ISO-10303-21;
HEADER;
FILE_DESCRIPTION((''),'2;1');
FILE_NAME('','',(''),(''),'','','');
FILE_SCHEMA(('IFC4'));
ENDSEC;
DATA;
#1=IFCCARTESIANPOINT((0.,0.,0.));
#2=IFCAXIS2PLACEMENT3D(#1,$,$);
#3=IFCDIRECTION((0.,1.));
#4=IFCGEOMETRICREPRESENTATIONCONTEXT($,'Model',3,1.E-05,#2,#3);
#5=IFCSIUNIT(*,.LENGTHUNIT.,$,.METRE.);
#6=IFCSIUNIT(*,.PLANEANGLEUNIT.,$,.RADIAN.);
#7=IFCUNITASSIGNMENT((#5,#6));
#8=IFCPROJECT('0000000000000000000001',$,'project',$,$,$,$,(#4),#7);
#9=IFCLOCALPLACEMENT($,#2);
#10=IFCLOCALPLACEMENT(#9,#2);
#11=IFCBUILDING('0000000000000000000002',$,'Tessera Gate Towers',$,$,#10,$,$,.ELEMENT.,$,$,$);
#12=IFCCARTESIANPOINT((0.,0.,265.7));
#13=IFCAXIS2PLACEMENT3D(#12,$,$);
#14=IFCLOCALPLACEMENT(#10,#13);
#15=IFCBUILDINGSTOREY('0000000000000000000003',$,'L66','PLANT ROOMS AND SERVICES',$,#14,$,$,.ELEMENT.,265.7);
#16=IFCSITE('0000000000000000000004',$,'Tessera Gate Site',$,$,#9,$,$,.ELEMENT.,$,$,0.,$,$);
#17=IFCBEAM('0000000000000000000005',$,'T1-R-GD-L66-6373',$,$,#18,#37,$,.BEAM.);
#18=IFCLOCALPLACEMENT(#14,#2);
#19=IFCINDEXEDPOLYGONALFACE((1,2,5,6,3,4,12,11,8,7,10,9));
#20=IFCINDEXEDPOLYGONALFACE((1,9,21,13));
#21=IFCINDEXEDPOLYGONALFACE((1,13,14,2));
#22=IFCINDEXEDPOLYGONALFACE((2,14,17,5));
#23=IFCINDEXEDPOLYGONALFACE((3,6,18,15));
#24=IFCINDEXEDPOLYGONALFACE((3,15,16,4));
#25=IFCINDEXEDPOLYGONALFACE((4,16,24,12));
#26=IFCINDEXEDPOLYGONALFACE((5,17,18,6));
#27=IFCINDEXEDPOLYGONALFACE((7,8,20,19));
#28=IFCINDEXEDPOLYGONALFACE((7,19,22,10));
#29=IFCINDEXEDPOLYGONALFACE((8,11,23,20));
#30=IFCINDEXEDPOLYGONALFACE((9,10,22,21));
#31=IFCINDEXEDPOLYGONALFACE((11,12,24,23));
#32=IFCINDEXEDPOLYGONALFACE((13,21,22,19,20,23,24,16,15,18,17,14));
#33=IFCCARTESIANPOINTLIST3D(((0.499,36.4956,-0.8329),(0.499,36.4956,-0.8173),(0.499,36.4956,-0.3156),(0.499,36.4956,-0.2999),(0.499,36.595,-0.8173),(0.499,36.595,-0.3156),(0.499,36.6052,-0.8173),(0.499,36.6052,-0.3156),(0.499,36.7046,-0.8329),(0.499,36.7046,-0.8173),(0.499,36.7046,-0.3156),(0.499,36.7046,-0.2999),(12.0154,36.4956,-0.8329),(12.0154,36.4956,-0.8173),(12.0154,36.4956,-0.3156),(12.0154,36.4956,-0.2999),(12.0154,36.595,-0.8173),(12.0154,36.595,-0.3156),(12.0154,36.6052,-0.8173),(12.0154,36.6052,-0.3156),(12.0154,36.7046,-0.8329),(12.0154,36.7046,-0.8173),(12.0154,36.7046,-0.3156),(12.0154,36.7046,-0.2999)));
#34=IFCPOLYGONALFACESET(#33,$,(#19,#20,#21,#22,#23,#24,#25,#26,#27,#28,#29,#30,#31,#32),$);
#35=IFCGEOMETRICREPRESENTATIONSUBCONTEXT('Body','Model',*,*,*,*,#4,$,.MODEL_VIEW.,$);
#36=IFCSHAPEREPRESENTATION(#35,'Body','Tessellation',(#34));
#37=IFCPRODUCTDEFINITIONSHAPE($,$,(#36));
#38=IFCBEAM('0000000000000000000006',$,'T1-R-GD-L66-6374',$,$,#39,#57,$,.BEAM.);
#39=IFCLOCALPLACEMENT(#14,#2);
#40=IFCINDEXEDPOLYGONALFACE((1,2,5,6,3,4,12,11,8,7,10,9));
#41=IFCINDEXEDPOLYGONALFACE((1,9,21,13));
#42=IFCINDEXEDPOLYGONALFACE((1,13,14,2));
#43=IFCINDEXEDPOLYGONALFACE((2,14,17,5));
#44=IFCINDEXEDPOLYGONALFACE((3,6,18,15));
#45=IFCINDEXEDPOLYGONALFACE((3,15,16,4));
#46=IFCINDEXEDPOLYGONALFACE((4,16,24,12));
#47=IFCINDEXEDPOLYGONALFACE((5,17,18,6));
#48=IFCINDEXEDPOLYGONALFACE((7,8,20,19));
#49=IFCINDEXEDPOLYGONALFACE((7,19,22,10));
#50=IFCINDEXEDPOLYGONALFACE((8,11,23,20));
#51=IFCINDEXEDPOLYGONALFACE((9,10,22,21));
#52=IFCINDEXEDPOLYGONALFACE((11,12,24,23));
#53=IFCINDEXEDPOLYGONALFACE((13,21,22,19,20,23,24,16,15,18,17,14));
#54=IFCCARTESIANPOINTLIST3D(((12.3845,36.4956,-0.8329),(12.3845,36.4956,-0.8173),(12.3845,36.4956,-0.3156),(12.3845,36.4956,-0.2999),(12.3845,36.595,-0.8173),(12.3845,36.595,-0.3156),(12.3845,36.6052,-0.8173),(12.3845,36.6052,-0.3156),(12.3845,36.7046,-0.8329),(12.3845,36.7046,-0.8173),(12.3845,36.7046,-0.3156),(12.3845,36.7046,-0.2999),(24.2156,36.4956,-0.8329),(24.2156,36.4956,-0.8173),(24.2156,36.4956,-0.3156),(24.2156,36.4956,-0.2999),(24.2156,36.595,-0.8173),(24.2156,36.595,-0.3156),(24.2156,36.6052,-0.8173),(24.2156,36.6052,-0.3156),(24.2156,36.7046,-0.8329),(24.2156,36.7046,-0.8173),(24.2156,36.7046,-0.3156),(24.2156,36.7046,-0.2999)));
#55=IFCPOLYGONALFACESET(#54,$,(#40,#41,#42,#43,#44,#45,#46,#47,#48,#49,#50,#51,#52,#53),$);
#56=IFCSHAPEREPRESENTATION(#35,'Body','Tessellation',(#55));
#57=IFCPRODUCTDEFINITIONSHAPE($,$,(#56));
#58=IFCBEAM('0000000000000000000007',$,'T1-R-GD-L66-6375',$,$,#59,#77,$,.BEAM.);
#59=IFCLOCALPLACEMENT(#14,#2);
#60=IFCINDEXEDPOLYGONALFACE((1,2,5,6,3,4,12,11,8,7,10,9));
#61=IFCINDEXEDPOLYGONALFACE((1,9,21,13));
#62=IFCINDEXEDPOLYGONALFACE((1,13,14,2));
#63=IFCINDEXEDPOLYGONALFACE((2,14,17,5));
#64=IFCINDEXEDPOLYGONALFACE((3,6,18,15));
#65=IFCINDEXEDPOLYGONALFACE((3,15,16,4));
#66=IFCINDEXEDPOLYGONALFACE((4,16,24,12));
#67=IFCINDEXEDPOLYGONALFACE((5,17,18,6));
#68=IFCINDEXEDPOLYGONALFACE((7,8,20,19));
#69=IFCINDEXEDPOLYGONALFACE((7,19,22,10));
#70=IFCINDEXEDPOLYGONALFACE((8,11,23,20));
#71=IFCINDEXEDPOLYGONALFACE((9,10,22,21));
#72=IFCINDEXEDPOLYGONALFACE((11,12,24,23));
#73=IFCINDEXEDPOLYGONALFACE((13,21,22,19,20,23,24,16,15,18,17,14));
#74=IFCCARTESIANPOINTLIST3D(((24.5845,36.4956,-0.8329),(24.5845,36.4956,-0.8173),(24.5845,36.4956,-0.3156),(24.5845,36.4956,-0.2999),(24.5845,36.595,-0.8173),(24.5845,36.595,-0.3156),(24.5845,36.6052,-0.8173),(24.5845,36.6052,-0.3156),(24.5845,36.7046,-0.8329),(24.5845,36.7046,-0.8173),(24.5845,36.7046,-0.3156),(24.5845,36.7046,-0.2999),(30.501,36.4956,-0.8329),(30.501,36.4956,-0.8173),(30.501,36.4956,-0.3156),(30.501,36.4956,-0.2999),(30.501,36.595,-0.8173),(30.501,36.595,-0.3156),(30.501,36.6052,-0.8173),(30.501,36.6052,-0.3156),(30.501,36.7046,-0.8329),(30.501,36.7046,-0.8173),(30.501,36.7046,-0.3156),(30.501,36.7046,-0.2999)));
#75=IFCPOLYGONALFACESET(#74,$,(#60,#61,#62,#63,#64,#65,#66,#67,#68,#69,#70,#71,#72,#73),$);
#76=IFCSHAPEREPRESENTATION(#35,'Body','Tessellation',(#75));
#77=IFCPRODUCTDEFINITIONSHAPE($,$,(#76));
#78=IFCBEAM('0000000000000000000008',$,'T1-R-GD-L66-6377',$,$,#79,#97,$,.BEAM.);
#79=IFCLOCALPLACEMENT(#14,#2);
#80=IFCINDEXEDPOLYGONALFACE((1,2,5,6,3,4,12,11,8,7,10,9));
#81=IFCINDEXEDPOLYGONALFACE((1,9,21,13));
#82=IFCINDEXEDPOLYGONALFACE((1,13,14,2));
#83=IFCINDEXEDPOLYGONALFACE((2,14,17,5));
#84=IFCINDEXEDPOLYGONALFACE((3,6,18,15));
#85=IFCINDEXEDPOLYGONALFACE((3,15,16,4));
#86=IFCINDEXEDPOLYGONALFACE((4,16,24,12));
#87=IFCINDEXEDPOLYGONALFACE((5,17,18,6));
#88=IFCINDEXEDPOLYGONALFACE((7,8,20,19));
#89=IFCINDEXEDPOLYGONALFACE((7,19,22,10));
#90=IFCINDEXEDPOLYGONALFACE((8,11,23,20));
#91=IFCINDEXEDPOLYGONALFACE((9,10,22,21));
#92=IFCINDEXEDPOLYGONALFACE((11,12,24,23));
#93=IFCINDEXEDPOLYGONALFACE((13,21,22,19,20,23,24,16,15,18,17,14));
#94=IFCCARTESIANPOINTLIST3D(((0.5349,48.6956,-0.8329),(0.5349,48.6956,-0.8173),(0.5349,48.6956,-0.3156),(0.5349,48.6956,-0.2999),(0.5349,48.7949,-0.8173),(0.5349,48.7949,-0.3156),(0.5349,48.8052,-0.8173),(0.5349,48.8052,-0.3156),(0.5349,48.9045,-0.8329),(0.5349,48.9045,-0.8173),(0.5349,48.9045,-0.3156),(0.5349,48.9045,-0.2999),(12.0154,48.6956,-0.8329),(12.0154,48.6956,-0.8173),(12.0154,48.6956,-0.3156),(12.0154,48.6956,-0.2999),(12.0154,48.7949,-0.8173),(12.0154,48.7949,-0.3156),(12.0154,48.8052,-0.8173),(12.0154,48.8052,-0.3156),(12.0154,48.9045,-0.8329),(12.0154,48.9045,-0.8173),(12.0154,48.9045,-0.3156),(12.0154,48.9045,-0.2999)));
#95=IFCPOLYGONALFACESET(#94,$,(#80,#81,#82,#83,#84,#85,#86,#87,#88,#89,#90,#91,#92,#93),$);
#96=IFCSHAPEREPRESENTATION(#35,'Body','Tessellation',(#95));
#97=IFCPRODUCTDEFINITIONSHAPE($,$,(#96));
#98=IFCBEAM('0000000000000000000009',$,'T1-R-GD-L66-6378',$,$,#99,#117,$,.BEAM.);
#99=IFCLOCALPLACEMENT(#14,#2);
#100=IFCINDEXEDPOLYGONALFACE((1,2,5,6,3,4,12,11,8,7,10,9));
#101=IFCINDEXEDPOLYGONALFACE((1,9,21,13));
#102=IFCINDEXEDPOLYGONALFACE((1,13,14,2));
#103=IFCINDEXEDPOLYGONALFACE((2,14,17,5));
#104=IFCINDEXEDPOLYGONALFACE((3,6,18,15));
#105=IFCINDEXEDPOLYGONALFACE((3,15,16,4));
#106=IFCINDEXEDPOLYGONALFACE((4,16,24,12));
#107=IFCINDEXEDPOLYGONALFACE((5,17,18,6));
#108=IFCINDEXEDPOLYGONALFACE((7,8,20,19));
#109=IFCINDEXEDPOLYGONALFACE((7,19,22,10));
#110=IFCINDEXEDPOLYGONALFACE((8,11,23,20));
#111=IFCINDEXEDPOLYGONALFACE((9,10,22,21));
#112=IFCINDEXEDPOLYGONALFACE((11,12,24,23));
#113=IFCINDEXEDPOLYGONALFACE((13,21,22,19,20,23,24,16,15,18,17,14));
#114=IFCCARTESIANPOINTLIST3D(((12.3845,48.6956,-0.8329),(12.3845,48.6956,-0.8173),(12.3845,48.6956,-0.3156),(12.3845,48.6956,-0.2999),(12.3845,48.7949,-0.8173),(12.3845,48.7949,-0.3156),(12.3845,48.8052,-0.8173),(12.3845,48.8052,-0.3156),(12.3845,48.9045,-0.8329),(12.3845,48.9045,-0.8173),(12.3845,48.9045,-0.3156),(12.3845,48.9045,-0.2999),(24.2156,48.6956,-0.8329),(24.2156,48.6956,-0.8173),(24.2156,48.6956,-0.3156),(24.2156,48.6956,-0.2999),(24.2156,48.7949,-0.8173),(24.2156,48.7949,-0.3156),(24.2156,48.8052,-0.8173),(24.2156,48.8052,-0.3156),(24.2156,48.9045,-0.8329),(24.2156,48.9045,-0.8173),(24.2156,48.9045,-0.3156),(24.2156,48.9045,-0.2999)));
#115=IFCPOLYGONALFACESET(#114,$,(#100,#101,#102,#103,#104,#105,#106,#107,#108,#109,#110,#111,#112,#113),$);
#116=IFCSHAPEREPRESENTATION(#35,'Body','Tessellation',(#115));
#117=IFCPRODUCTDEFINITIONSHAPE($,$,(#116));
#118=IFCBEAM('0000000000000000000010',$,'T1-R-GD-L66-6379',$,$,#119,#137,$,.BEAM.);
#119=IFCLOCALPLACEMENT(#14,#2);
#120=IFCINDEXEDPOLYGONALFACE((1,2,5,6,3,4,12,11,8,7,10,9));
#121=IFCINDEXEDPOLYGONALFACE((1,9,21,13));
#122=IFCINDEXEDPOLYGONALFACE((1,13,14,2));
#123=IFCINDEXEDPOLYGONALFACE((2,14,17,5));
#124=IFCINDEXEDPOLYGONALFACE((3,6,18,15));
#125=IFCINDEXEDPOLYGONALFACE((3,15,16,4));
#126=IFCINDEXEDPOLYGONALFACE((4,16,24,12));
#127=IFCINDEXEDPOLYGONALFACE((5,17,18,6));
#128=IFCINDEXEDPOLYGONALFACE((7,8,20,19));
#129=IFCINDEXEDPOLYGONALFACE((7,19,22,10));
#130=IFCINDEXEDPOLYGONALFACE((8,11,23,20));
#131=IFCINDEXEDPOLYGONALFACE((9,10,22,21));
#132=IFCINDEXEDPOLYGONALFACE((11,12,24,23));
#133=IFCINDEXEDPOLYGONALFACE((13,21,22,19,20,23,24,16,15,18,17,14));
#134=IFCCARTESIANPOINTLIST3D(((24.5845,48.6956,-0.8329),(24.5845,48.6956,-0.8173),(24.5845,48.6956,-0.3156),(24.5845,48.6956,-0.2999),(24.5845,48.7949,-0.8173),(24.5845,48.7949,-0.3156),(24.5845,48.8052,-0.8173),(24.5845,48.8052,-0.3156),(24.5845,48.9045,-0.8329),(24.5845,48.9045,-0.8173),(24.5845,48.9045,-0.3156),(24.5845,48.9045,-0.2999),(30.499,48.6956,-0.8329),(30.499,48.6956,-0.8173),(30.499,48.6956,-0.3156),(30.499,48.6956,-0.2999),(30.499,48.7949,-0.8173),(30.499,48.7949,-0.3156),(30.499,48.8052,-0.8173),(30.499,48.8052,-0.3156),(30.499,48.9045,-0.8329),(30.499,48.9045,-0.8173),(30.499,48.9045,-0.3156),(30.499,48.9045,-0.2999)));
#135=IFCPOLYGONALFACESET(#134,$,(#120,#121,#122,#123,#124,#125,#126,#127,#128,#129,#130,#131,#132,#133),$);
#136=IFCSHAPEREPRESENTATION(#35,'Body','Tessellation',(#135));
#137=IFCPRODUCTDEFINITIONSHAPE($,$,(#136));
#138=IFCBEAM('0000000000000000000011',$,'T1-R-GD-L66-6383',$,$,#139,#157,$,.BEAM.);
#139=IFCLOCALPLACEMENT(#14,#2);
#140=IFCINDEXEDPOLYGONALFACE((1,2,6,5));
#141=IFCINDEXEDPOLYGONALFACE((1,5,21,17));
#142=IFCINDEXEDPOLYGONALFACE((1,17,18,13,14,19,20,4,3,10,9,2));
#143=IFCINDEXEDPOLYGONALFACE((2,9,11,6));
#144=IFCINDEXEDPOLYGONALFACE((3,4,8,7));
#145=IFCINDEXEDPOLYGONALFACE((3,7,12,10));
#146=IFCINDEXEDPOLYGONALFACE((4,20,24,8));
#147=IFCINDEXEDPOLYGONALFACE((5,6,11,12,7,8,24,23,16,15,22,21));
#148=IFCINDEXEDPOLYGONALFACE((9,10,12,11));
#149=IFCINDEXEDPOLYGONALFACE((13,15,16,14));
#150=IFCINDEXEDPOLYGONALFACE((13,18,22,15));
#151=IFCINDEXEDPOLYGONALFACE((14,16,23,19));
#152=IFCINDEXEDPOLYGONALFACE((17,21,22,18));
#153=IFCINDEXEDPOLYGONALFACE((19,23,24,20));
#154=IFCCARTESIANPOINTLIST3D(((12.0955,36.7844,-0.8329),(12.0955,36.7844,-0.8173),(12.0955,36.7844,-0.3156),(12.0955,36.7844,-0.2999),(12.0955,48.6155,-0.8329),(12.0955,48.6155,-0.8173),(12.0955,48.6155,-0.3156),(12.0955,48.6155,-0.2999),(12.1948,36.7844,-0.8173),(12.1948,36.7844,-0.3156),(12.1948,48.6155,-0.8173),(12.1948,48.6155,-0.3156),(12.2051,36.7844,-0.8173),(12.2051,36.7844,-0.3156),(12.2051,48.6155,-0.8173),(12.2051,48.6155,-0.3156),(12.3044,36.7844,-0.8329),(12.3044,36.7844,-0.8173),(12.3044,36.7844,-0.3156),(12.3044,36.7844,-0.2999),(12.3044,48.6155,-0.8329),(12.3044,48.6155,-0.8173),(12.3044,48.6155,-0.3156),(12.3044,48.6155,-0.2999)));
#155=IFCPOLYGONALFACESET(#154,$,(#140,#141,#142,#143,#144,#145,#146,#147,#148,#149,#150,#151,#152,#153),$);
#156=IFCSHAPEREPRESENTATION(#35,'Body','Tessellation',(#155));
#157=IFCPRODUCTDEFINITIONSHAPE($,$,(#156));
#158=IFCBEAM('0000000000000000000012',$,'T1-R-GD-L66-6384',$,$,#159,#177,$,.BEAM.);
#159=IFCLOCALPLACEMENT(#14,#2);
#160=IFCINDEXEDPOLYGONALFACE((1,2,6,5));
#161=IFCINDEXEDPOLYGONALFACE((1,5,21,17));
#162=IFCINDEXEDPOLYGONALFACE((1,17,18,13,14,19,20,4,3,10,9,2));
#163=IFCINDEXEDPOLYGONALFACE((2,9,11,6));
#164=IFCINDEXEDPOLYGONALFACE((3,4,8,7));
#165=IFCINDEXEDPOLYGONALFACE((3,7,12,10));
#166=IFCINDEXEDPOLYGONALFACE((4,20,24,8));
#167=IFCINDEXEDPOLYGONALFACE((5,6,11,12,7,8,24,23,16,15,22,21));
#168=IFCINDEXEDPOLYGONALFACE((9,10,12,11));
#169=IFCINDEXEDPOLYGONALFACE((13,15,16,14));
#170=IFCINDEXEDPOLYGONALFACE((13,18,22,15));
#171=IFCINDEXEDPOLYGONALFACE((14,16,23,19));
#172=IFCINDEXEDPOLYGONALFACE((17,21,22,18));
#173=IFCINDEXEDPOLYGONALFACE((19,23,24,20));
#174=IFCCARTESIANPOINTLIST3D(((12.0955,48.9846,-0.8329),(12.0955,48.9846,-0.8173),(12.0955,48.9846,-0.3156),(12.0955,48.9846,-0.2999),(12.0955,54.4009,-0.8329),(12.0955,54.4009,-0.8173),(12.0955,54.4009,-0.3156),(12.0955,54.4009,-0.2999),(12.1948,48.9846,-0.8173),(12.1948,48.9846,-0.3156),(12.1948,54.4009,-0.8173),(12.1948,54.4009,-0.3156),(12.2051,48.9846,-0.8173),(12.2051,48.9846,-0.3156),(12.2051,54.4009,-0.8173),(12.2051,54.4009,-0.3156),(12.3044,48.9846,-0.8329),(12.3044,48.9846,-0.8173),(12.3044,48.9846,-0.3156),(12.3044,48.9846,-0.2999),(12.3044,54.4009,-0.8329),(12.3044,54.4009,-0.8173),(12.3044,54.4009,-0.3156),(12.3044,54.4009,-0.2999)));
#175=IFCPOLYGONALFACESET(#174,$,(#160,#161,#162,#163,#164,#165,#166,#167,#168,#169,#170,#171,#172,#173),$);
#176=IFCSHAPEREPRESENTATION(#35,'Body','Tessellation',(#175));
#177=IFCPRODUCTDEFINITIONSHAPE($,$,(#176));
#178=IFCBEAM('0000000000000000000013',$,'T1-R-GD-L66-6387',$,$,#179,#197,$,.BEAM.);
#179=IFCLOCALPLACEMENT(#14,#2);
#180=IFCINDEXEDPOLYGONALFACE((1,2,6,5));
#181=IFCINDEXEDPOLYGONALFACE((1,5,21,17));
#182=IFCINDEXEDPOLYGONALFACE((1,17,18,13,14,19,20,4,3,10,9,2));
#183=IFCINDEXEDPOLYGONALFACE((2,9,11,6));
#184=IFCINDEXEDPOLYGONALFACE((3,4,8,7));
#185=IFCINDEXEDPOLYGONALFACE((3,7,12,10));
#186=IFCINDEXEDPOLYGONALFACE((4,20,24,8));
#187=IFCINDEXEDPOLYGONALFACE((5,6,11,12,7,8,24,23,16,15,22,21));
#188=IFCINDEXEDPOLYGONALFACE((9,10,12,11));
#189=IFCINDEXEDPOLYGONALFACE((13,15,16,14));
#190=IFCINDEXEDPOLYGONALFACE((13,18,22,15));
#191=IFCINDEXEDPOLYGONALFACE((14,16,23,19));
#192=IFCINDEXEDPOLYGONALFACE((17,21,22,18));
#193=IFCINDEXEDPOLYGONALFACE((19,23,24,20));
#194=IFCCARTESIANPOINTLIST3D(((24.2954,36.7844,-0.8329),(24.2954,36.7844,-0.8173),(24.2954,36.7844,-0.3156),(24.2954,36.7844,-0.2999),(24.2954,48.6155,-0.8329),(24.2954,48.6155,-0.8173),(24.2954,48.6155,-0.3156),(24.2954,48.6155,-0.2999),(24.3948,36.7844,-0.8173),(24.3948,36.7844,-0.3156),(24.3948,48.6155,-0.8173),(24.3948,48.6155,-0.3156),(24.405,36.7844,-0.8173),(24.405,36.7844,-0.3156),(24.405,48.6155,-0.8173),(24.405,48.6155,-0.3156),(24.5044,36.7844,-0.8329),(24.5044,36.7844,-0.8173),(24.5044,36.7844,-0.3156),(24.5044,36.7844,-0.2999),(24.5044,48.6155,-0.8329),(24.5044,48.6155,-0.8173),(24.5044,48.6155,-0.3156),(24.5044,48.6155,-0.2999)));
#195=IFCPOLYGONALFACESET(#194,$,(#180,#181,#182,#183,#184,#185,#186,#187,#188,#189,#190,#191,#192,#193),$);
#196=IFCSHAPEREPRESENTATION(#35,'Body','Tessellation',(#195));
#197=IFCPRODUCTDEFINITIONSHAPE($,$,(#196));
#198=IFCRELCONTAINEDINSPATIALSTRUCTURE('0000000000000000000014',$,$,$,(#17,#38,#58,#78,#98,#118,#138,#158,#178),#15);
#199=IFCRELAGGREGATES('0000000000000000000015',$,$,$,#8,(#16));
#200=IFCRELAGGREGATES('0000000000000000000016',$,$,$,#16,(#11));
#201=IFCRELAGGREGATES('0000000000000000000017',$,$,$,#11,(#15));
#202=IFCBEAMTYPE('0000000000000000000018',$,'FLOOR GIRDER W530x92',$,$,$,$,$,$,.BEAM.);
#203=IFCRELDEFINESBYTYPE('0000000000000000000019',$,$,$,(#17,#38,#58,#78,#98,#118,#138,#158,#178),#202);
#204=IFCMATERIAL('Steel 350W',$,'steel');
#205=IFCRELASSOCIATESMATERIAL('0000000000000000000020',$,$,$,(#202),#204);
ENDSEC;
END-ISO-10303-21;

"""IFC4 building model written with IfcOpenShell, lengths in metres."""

from ifc_helpers import new_model, si_unit, direction, frame, origin, origin_2d, place, context, subcontext, project, spatial, i_section, extrude, material, material_profile, profile_set, type_object, element, save


model = new_model("IFC4")

# Units and contexts
model_context = context("Model", 3, precision=1e-05, world=origin(), true_north=direction((0.0, 1.0)))
body_context = subcontext(model_context, "Body", "Model", "MODEL_VIEW")
ifc_project = project(units=[si_unit("LENGTHUNIT", "METRE"), si_unit("PLANEANGLEUNIT", "RADIAN")], contexts=[model_context])

# Site, building, storey
site_placement = place(None, origin())
site = spatial("IfcSite", under=ifc_project, at=site_placement, Name="Tessera Gate Site", CompositionType="ELEMENT", RefElevation=0.0)
building_placement = place(site_placement, origin())
building = spatial("IfcBuilding", under=site, at=building_placement, Name="Tessera Gate Towers", CompositionType="ELEMENT")
storey_placement = place(building_placement, frame((0.0, 0.0, 265.7)))
storey = spatial("IfcBuildingStorey", under=building, at=storey_placement, Name="L66", Description="PLANT ROOMS AND SERVICES", CompositionType="ELEMENT", Elevation=265.7)

# Beams
ifc_material_1 = material(Name="Steel 350W", Category="steel")
ifc_material_profile_1 = material_profile(ifc_material_1, i_section(OverallWidth=0.209, OverallDepth=0.533, WebThickness=0.0103, FlangeThickness=0.0156, at=origin_2d()), Name="W530x92")
ifc_profile_set_1 = profile_set([ifc_material_profile_1], Name="Steel 350W")
beam_type_1 = type_object("IfcBeamType", Name="FLOOR GIRDER W530x92", PredefinedType="BEAM", material=ifc_profile_set_1)
beam_1_placement = place(storey_placement, frame((0.499, 36.6001, -0.5664), z_axis=(1.0, 0.0, 0.0), x_axis=(0.0, 1.0, 0.0)))
element("IfcBeam", 1, at=beam_1_placement, inside=storey, type_object=beam_type_1, Name="T1-R-GD-L66-6373", PredefinedType="BEAM", context=body_context, shape_type="SweptSolid", body=[
    extrude(i_section(OverallWidth=0.209, OverallDepth=0.533, WebThickness=0.0103, FlangeThickness=0.0156, at=origin_2d()), origin(), (0.0, 0.0, 1.0), 11.5164),
])
beam_2_placement = place(storey_placement, frame((12.3845, 36.6001, -0.5664), z_axis=(1.0, 0.0, 0.0), x_axis=(0.0, 1.0, 0.0)))
element("IfcBeam", 2, at=beam_2_placement, inside=storey, type_object=beam_type_1, Name="T1-R-GD-L66-6374", PredefinedType="BEAM", context=body_context, shape_type="SweptSolid", body=[
    extrude(i_section(OverallWidth=0.209, OverallDepth=0.533, WebThickness=0.0103, FlangeThickness=0.0156, at=origin_2d()), origin(), (0.0, 0.0, 1.0), 11.8311),
])
beam_3_placement = place(storey_placement, frame((24.5845, 36.6001, -0.5664), z_axis=(1.0, 0.0, 0.0), x_axis=(0.0, 1.0, 0.0)))
element("IfcBeam", 3, at=beam_3_placement, inside=storey, type_object=beam_type_1, Name="T1-R-GD-L66-6375", PredefinedType="BEAM", context=body_context, shape_type="SweptSolid", body=[
    extrude(i_section(OverallWidth=0.209, OverallDepth=0.533, WebThickness=0.0103, FlangeThickness=0.0156, at=origin_2d()), origin(), (0.0, 0.0, 1.0), 5.9165),
])
beam_4_placement = place(storey_placement, frame((0.5349, 48.8, -0.5664), z_axis=(1.0, 0.0, 0.0), x_axis=(0.0, 1.0, 0.0)))
element("IfcBeam", 4, at=beam_4_placement, inside=storey, type_object=beam_type_1, Name="T1-R-GD-L66-6377", PredefinedType="BEAM", context=body_context, shape_type="SweptSolid", body=[
    extrude(i_section(OverallWidth=0.209, OverallDepth=0.533, WebThickness=0.0103, FlangeThickness=0.0156, at=origin_2d()), origin(), (0.0, 0.0, 1.0), 11.4805),
])
beam_5_placement = place(storey_placement, frame((12.3845, 48.8, -0.5664), z_axis=(1.0, 0.0, 0.0), x_axis=(0.0, 1.0, 0.0)))
element("IfcBeam", 5, at=beam_5_placement, inside=storey, type_object=beam_type_1, Name="T1-R-GD-L66-6378", PredefinedType="BEAM", context=body_context, shape_type="SweptSolid", body=[
    extrude(i_section(OverallWidth=0.209, OverallDepth=0.533, WebThickness=0.0103, FlangeThickness=0.0156, at=origin_2d()), origin(), (0.0, 0.0, 1.0), 11.8311),
])
beam_6_placement = place(storey_placement, frame((24.5845, 48.8, -0.5664), z_axis=(1.0, 0.0, 0.0), x_axis=(0.0, 1.0, 0.0)))
element("IfcBeam", 6, at=beam_6_placement, inside=storey, type_object=beam_type_1, Name="T1-R-GD-L66-6379", PredefinedType="BEAM", context=body_context, shape_type="SweptSolid", body=[
    extrude(i_section(OverallWidth=0.209, OverallDepth=0.533, WebThickness=0.0103, FlangeThickness=0.0156, at=origin_2d()), origin(), (0.0, 0.0, 1.0), 5.9146),
])
beam_7_placement = place(storey_placement, frame((12.2, 36.7844, -0.5664), z_axis=(0.0, 1.0, 0.0), x_axis=(-1.0, 0.0, 0.0)))
element("IfcBeam", 7, at=beam_7_placement, inside=storey, type_object=beam_type_1, Name="T1-R-GD-L66-6383", PredefinedType="BEAM", context=body_context, shape_type="SweptSolid", body=[
    extrude(i_section(OverallWidth=0.209, OverallDepth=0.533, WebThickness=0.0103, FlangeThickness=0.0156, at=origin_2d()), origin(), (0.0, 0.0, 1.0), 11.8311),
])
beam_8_placement = place(storey_placement, frame((12.2, 48.9846, -0.5664), z_axis=(0.0, 1.0, 0.0), x_axis=(-1.0, 0.0, 0.0)))
element("IfcBeam", 8, at=beam_8_placement, inside=storey, type_object=beam_type_1, Name="T1-R-GD-L66-6384", PredefinedType="BEAM", context=body_context, shape_type="SweptSolid", body=[
    extrude(i_section(OverallWidth=0.209, OverallDepth=0.533, WebThickness=0.0103, FlangeThickness=0.0156, at=origin_2d()), origin(), (0.0, 0.0, 1.0), 5.4163),
])
beam_9_placement = place(storey_placement, frame((24.3999, 36.7844, -0.5664), z_axis=(0.0, 1.0, 0.0), x_axis=(-1.0, 0.0, 0.0)))
element("IfcBeam", 9, at=beam_9_placement, inside=storey, type_object=beam_type_1, Name="T1-R-GD-L66-6387", PredefinedType="BEAM", context=body_context, shape_type="SweptSolid", body=[
    extrude(i_section(OverallWidth=0.209, OverallDepth=0.533, WebThickness=0.0103, FlangeThickness=0.0156, at=origin_2d()), origin(), (0.0, 0.0, 1.0), 11.8311),
])

save(model, "model.ifc")
